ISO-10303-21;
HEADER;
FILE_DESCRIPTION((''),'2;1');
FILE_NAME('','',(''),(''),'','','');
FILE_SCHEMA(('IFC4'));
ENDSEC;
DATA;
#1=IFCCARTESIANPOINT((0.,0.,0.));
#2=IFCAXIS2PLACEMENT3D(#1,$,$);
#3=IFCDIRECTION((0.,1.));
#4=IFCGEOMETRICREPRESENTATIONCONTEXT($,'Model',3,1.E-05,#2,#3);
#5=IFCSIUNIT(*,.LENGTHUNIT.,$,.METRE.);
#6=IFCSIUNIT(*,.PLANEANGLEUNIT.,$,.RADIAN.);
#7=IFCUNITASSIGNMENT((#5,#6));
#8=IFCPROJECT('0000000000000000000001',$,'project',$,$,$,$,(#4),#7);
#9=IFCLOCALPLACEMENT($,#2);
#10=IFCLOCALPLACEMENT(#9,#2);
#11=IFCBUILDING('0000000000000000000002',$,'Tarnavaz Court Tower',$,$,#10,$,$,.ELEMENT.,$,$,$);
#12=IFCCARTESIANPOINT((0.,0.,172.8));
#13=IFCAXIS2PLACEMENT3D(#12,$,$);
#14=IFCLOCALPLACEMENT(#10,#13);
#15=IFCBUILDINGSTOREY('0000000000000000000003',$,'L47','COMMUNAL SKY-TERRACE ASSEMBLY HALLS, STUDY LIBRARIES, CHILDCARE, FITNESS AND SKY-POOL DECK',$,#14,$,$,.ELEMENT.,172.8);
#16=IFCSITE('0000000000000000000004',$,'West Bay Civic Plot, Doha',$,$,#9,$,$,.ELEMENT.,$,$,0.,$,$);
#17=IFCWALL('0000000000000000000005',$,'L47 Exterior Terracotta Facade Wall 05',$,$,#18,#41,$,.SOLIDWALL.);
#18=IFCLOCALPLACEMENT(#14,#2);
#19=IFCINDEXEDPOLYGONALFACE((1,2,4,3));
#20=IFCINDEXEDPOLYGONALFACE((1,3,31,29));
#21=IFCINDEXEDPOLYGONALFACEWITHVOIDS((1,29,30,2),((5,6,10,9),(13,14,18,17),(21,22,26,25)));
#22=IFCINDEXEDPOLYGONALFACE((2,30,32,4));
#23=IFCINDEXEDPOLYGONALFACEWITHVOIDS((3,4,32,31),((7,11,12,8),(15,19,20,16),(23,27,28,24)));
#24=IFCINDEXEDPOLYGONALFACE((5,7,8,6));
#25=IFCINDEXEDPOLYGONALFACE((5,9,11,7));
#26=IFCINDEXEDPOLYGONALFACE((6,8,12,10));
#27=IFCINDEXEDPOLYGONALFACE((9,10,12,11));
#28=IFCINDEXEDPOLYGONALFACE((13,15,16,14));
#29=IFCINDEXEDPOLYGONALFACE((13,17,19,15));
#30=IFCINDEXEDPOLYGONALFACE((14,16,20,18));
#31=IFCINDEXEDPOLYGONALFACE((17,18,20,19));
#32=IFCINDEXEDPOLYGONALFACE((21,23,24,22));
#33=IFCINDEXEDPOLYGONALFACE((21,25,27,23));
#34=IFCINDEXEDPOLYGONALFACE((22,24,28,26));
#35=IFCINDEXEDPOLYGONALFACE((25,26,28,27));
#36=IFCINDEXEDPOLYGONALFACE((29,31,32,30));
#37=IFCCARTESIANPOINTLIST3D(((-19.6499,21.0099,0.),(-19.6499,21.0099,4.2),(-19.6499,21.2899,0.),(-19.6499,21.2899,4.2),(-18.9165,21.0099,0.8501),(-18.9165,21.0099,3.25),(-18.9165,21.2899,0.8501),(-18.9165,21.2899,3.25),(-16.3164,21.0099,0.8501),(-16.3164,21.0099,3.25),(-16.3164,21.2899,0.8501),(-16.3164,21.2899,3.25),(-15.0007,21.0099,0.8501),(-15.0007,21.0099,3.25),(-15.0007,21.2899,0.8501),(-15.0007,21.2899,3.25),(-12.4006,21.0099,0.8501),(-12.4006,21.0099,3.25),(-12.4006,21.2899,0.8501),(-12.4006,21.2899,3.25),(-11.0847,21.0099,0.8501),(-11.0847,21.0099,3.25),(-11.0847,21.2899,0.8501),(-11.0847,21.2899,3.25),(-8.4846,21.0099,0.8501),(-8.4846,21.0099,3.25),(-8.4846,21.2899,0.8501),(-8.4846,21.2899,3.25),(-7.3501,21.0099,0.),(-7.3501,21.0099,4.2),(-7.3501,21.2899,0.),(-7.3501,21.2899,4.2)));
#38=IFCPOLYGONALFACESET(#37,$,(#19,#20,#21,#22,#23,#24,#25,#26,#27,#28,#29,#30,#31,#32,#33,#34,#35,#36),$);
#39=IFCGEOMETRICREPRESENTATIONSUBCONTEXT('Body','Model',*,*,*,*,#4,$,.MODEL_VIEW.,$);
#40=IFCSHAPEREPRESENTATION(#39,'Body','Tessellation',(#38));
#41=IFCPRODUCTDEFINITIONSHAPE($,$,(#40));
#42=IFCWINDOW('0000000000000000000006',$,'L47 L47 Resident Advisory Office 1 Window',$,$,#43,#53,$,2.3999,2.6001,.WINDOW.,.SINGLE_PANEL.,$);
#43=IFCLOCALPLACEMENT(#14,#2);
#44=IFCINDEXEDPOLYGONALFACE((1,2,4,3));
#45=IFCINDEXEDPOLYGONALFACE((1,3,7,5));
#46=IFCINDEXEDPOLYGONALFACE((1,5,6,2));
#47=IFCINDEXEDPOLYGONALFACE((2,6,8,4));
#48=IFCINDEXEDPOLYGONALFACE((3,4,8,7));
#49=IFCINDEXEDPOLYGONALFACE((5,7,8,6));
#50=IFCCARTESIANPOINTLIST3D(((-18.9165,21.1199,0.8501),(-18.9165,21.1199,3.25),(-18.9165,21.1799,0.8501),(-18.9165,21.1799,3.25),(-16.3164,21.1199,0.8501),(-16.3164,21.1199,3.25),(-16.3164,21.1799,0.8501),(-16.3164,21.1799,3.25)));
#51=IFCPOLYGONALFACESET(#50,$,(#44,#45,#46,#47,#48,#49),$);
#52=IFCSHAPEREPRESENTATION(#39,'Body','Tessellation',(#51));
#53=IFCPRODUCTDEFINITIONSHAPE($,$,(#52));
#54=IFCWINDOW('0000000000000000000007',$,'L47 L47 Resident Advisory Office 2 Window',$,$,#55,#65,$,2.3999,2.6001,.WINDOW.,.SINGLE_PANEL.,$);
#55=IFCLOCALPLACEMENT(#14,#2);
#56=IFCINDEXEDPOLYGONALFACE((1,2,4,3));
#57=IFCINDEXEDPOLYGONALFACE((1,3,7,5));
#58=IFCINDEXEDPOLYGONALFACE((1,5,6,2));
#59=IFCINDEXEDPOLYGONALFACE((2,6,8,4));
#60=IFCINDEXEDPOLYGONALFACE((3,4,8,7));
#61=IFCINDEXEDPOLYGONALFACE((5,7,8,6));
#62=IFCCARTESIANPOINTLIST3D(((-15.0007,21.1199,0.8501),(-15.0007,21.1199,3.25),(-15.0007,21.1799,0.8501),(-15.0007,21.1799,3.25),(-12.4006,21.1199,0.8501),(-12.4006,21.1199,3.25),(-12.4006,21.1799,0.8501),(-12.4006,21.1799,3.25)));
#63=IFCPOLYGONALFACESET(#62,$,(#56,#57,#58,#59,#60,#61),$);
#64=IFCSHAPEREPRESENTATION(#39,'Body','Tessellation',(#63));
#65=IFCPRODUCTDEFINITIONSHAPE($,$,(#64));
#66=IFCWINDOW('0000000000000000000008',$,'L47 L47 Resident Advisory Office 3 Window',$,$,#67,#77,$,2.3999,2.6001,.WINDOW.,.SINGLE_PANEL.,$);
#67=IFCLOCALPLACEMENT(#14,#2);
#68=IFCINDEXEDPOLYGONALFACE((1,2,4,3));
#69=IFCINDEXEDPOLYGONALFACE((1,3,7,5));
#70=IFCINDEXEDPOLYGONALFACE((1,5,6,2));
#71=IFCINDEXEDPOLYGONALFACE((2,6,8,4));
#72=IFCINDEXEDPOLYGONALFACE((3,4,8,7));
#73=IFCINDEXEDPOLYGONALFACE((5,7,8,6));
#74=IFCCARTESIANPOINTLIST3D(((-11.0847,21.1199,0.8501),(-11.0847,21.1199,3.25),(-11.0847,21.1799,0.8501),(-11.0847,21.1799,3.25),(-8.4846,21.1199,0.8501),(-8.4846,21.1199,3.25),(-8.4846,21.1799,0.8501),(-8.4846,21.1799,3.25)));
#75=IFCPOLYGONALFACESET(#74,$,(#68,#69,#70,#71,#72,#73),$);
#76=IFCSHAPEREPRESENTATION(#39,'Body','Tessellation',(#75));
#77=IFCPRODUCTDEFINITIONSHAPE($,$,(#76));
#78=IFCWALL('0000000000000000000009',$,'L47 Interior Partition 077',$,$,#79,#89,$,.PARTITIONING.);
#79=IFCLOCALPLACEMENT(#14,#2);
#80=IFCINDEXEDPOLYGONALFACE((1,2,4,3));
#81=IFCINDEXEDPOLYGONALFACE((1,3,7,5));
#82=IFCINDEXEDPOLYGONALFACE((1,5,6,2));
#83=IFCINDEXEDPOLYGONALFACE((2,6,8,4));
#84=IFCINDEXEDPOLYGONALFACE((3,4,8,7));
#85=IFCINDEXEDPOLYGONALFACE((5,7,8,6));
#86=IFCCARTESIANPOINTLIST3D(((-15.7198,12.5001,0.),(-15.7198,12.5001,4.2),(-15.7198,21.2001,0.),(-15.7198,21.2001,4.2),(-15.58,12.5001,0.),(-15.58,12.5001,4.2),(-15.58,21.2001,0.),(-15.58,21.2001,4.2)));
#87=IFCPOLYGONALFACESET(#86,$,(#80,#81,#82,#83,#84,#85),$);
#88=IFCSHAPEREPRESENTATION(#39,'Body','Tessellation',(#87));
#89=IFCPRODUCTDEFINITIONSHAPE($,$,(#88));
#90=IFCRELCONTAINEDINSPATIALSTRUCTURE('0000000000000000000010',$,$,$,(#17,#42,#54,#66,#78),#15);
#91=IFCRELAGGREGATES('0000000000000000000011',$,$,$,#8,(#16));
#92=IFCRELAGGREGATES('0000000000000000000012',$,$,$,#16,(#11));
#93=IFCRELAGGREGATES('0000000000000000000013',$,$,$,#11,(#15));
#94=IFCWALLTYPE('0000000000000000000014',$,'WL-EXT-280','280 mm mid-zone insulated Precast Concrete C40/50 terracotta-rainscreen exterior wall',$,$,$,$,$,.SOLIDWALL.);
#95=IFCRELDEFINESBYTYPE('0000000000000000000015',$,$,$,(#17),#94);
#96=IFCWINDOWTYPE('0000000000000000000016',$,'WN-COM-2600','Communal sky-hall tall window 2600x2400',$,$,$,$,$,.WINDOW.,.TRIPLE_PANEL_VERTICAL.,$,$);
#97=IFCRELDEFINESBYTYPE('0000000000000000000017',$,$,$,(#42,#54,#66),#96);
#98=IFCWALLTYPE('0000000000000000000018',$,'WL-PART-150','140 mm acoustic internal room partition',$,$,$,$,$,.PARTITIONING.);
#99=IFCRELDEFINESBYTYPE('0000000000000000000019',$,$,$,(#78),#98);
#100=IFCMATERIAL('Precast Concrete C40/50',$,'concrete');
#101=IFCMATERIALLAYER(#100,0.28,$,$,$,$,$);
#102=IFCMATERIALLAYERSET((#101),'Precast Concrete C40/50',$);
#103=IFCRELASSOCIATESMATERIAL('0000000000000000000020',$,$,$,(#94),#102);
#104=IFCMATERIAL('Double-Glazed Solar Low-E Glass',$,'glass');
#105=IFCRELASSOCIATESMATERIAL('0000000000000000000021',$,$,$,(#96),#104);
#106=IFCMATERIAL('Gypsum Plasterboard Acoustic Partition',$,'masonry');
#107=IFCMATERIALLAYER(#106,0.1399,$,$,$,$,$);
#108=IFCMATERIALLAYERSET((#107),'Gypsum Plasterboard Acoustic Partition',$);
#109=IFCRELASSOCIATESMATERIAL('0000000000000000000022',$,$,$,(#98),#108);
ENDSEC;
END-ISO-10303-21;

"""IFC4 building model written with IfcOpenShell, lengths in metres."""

from ifc_helpers import new_model, si_unit, direction, frame, frame_2d, origin, place, context, subcontext, project, spatial, rectangle, extrude, material, layer, layer_set, type_object, element, fill, save


model = new_model("IFC4")

# Units and contexts
model_context = context("Model", 3, precision=1e-05, world=origin(), true_north=direction((0.0, 1.0)))
body_context = subcontext(model_context, "Body", "Model", "MODEL_VIEW")
ifc_project = project(units=[si_unit("LENGTHUNIT", "METRE"), si_unit("PLANEANGLEUNIT", "RADIAN")], contexts=[model_context])

# Site, building, storey
site_placement = place(None, origin())
site = spatial("IfcSite", under=ifc_project, at=site_placement, Name="West Bay Civic Plot, Doha", CompositionType="ELEMENT", RefElevation=0.0)
building_placement = place(site_placement, origin())
building = spatial("IfcBuilding", under=site, at=building_placement, Name="Tarnavaz Court Tower", CompositionType="ELEMENT")
storey_placement = place(building_placement, frame((0.0, 0.0, 172.8)))
storey = spatial("IfcBuildingStorey", under=building, at=storey_placement, Name="L47", Description="COMMUNAL SKY-TERRACE ASSEMBLY HALLS, STUDY LIBRARIES, CHILDCARE, FITNESS AND SKY-POOL DECK", CompositionType="ELEMENT", Elevation=172.8)

# Shared definitions
ifc_material_1 = material(Name="Double-Glazed Solar Low-E Glass", Category="glass")

# Shared definitions
ifc_material_2 = material(Name="Precast Concrete C40/50", Category="concrete")
ifc_layer_1 = layer(ifc_material_2, 0.28)
ifc_layer_set_1 = layer_set([ifc_layer_1], Name="Precast Concrete C40/50")
wall_type_1 = type_object("IfcWallType", Name="WL-EXT-280", Description="280 mm mid-zone insulated Precast Concrete C40/50 terracotta-rainscreen exterior wall", PredefinedType="SOLIDWALL", material=ifc_layer_set_1)

# Shared definitions
window_type_1 = type_object("IfcWindowType", Name="WN-COM-2600", Description="Communal sky-hall tall window 2600x2400", PartitioningType="TRIPLE_PANEL_VERTICAL", PredefinedType="WINDOW", material=ifc_material_1)

# Wall, openings, windows
wall_1_placement = place(storey_placement, frame((-19.6499, 21.1499, 0.0), z_axis=(0.0, 0.0, 1.0), x_axis=(1.0, 0.0, 0.0)))
wall_1 = element("IfcWall", 1, at=wall_1_placement, inside=storey, type_object=wall_type_1, Name="L47 Exterior Terracotta Facade Wall 05", PredefinedType="SOLIDWALL", context=body_context, shape_type="SweptSolid", body=[
    extrude(rectangle(XDim=12.2998, YDim=0.28, at=frame_2d((6.1499, 0.0))), origin(), (0.0, 0.0, 1.0), 4.2),
])
opening_1_placement = place(wall_1_placement, frame((0.7334, 0.0, 0.8501)))
opening_1 = element("IfcOpeningElement", 2, at=opening_1_placement, cuts=wall_1, PredefinedType="OPENING", context=body_context, shape_type="SweptSolid", body=[
    extrude(rectangle(XDim=2.6001, YDim=2.3999, at=frame_2d((1.3, 1.2))), frame((0.0, 0.1499, 0.0), z_axis=(0.0, -1.0, 0.0), x_axis=(1.0, 0.0, 0.0)), (0.0, 0.0, 1.0), 0.3),
])
opening_2_placement = place(wall_1_placement, frame((4.6492, 0.0, 0.8501)))
opening_2 = element("IfcOpeningElement", 3, at=opening_2_placement, cuts=wall_1, PredefinedType="OPENING", context=body_context, shape_type="SweptSolid", body=[
    extrude(rectangle(XDim=2.6001, YDim=2.3999, at=frame_2d((1.3, 1.2))), frame((0.0, 0.1499, 0.0), z_axis=(0.0, -1.0, 0.0), x_axis=(1.0, 0.0, 0.0)), (0.0, 0.0, 1.0), 0.3),
])
opening_3_placement = place(wall_1_placement, frame((8.5652, 0.0, 0.8501)))
opening_3 = element("IfcOpeningElement", 4, at=opening_3_placement, cuts=wall_1, PredefinedType="OPENING", context=body_context, shape_type="SweptSolid", body=[
    extrude(rectangle(XDim=2.6001, YDim=2.3999, at=frame_2d((1.3, 1.2))), frame((0.0, 0.1499, 0.0), z_axis=(0.0, -1.0, 0.0), x_axis=(1.0, 0.0, 0.0)), (0.0, 0.0, 1.0), 0.3),
])
window_1_placement = place(opening_1_placement, origin())
window_1 = element("IfcWindow", 5, at=window_1_placement, inside=storey, type_object=window_type_1, Name="L47 L47 Resident Advisory Office 1 Window", OverallHeight=2.3999, OverallWidth=2.6001, PartitioningType="SINGLE_PANEL", PredefinedType="WINDOW", context=body_context, shape_type="SweptSolid", body=[
    extrude(rectangle(XDim=2.6001, YDim=2.3999, at=frame_2d((1.3, 1.2))), frame((0.0, 0.03, 0.0), z_axis=(0.0, -1.0, 0.0), x_axis=(1.0, 0.0, 0.0)), (0.0, 0.0, 1.0), 0.0601),
])
fill(opening_1, window_1)
window_2_placement = place(opening_2_placement, origin())
window_2 = element("IfcWindow", 6, at=window_2_placement, inside=storey, type_object=window_type_1, Name="L47 L47 Resident Advisory Office 2 Window", OverallHeight=2.3999, OverallWidth=2.6001, PartitioningType="SINGLE_PANEL", PredefinedType="WINDOW", context=body_context, shape_type="SweptSolid", body=[
    extrude(rectangle(XDim=2.6001, YDim=2.3999, at=frame_2d((1.3, 1.2))), frame((0.0, 0.03, 0.0), z_axis=(0.0, -1.0, 0.0), x_axis=(1.0, 0.0, 0.0)), (0.0, 0.0, 1.0), 0.0601),
])
fill(opening_2, window_2)
window_3_placement = place(opening_3_placement, origin())
window_3 = element("IfcWindow", 7, at=window_3_placement, inside=storey, type_object=window_type_1, Name="L47 L47 Resident Advisory Office 3 Window", OverallHeight=2.3999, OverallWidth=2.6001, PartitioningType="SINGLE_PANEL", PredefinedType="WINDOW", context=body_context, shape_type="SweptSolid", body=[
    extrude(rectangle(XDim=2.6001, YDim=2.3999, at=frame_2d((1.3, 1.2))), frame((0.0, 0.03, 0.0), z_axis=(0.0, -1.0, 0.0), x_axis=(1.0, 0.0, 0.0)), (0.0, 0.0, 1.0), 0.0601),
])
fill(opening_3, window_3)

# Wall
ifc_material_3 = material(Name="Gypsum Plasterboard Acoustic Partition", Category="masonry")
ifc_layer_2 = layer(ifc_material_3, 0.1399)
ifc_layer_set_2 = layer_set([ifc_layer_2], Name="Gypsum Plasterboard Acoustic Partition")
wall_type_2 = type_object("IfcWallType", Name="WL-PART-150", Description="140 mm acoustic internal room partition", PredefinedType="PARTITIONING", material=ifc_layer_set_2)
wall_2_placement = place(storey_placement, frame((-15.6499, 12.5, 0.0), z_axis=(0.0, 0.0, 1.0), x_axis=(0.0, 1.0, 0.0)))
element("IfcWall", 8, at=wall_2_placement, inside=storey, type_object=wall_type_2, Name="L47 Interior Partition 077", PredefinedType="PARTITIONING", context=body_context, shape_type="SweptSolid", body=[
    extrude(rectangle(XDim=8.7, YDim=0.1399, at=frame_2d((4.3501, 0.0))), origin(), (0.0, 0.0, 1.0), 4.2),
])

save(model, "model.ifc")
